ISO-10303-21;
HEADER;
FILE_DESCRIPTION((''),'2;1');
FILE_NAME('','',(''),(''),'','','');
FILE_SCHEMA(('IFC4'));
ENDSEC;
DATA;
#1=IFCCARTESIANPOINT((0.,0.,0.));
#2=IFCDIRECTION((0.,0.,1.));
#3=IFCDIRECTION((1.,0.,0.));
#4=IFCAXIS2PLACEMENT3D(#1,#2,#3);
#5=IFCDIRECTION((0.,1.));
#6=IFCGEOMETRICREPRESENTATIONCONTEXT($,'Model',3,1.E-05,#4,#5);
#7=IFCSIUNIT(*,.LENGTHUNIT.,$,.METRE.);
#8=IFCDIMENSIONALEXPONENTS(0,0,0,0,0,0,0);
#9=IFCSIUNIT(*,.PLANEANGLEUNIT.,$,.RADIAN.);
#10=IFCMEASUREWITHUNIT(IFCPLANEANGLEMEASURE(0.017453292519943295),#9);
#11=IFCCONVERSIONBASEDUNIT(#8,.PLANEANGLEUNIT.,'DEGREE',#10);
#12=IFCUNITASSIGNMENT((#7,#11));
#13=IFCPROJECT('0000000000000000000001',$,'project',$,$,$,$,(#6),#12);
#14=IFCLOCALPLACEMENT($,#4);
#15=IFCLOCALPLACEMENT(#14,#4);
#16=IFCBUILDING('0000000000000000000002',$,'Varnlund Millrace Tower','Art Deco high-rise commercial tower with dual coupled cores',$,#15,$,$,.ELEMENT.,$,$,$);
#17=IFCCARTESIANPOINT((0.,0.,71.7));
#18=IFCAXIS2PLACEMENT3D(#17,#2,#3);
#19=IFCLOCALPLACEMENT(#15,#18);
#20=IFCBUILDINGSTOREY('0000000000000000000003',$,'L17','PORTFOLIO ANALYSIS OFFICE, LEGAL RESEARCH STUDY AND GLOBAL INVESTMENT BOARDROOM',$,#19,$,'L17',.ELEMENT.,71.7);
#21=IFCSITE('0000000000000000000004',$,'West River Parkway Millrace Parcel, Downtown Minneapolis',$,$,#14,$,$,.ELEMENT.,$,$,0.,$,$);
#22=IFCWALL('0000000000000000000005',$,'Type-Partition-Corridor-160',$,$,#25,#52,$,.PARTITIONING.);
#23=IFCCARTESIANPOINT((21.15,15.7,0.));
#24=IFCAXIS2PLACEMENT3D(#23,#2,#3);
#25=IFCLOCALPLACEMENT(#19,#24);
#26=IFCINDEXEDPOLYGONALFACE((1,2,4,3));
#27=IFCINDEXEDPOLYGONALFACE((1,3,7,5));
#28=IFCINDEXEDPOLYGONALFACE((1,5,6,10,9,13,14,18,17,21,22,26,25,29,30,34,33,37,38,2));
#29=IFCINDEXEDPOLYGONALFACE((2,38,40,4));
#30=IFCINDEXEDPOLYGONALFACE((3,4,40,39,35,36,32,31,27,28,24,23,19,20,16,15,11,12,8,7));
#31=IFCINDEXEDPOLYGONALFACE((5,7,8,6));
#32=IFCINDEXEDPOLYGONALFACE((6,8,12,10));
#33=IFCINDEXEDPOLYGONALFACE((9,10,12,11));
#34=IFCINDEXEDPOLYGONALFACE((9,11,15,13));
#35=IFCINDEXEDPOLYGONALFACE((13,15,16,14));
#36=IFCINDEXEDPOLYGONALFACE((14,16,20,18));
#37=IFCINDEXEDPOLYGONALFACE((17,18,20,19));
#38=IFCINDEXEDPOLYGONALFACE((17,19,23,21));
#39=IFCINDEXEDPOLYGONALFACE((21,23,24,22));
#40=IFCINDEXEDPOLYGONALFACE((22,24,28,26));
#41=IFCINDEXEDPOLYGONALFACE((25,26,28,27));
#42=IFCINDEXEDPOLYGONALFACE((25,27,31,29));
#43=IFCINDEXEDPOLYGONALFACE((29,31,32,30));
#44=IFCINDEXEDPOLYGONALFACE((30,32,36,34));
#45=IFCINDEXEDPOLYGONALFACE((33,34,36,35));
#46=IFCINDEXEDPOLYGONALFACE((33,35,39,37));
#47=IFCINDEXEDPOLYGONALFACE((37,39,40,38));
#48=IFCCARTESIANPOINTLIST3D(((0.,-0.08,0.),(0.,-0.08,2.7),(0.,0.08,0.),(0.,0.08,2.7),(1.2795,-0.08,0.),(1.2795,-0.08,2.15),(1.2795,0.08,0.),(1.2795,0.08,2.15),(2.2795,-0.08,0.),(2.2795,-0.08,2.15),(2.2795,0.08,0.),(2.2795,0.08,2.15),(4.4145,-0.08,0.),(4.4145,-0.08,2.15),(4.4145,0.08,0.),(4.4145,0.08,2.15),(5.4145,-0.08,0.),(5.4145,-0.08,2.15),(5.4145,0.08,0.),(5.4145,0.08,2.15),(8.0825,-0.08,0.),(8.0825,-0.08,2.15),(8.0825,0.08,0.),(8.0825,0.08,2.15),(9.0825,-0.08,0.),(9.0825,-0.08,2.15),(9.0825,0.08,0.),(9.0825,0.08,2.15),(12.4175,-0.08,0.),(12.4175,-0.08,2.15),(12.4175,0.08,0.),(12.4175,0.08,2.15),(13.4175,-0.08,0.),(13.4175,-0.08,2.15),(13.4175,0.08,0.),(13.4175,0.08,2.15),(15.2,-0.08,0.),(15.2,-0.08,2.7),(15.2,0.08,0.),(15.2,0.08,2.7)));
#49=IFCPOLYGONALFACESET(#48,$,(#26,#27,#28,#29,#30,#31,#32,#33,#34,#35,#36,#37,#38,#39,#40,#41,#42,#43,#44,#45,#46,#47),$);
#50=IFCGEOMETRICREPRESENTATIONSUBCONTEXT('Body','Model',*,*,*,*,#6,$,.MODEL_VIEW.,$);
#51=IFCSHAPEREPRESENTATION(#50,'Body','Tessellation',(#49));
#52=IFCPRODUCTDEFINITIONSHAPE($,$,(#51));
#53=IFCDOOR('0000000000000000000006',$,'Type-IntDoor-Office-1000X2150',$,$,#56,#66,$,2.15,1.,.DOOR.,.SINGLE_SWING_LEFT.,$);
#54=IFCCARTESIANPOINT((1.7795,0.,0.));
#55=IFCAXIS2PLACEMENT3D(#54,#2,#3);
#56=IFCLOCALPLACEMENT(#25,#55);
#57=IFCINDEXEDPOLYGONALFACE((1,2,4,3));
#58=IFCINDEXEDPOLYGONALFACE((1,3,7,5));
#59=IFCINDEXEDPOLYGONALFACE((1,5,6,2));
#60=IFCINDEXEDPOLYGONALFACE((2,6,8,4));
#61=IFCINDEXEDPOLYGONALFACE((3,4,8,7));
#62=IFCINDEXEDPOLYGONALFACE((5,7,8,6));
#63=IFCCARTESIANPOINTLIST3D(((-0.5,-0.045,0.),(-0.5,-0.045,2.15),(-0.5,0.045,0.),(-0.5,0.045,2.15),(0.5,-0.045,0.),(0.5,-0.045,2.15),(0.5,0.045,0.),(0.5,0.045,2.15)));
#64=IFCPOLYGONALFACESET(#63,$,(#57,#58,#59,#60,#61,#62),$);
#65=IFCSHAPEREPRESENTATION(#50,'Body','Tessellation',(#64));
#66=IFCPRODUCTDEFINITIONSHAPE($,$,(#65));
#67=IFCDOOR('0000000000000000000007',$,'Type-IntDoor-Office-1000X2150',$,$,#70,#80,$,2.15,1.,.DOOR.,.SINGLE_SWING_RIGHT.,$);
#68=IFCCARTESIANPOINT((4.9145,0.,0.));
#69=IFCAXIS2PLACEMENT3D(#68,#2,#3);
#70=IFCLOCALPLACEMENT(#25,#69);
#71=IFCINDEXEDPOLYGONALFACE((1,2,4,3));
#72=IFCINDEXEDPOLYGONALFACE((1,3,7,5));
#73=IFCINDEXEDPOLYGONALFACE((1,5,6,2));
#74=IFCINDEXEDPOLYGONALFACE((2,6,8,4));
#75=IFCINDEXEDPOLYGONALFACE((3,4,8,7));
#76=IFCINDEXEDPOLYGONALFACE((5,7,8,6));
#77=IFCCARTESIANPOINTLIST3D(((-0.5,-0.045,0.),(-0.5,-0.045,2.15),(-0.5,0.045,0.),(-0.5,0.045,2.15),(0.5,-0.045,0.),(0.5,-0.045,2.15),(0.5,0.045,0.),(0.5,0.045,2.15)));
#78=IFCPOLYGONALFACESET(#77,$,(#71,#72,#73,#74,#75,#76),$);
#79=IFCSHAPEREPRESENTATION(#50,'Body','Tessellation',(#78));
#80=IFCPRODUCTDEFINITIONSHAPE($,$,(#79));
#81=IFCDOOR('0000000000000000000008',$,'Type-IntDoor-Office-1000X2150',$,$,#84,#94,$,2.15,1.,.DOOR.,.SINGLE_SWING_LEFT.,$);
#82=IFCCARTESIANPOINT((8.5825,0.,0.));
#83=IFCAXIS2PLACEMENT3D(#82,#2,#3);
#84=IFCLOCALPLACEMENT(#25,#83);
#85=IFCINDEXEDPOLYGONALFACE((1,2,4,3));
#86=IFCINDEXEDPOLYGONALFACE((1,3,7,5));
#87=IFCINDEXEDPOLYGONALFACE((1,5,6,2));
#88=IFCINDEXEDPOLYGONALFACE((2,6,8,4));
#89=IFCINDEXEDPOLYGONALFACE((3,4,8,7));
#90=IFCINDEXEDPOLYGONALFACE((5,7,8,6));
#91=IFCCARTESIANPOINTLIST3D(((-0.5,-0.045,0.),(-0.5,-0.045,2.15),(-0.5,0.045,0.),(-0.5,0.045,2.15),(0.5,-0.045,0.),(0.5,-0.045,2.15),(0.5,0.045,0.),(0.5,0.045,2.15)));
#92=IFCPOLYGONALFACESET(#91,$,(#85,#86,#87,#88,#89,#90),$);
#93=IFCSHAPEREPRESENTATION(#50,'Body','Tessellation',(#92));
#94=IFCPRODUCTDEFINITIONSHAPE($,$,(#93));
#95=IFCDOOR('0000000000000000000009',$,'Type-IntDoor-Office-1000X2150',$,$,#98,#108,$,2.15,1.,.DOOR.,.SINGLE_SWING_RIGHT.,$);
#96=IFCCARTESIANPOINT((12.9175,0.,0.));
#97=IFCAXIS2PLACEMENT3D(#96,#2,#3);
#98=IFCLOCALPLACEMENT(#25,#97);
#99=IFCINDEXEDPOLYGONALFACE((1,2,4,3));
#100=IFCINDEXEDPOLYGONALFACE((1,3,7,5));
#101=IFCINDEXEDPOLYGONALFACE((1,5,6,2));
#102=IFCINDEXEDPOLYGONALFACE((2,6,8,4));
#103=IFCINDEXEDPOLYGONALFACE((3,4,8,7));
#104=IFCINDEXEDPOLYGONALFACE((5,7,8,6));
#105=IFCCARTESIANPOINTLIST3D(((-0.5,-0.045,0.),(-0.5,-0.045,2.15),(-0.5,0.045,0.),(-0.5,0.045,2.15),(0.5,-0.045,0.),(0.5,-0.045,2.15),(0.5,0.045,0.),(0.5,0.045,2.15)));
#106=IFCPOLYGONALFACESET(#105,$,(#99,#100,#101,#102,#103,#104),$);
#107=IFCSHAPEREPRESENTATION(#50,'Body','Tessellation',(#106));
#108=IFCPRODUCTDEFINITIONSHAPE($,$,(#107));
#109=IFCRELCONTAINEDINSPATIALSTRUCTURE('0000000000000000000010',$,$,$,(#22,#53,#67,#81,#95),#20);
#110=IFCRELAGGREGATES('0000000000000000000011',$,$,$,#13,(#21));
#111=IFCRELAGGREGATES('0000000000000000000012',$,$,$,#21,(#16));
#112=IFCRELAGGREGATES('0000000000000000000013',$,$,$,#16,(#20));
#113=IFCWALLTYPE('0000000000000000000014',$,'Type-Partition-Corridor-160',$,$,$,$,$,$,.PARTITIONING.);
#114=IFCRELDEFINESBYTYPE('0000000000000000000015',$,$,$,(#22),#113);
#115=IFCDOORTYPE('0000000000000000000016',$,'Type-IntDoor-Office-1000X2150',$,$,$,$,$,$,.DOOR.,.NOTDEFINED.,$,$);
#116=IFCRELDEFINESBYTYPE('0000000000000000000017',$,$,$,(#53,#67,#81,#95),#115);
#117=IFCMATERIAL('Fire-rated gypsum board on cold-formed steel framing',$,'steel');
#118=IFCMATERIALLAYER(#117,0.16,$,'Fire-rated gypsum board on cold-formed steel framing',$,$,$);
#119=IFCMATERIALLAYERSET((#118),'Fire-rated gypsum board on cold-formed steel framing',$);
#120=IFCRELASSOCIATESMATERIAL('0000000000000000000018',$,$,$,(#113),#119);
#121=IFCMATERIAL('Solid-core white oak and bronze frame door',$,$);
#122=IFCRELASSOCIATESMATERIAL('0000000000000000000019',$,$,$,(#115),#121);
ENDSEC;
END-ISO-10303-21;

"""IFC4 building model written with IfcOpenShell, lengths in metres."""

from ifc_helpers import new_model, entity, si_unit, converted_unit, direction, frame, origin_with_axes, origin_2d_with_axis, place, context, subcontext, project, spatial, polyline, rectangle, outline, extrude, material, layer, layer_set, type_object, element, fill, save


model = new_model("IFC4")

# Units and contexts
model_context = context("Model", 3, precision=1e-05, world=origin_with_axes(), true_north=direction((0.0, 1.0)))
body_context = subcontext(model_context, "Body", "Model", "MODEL_VIEW")
ifc_project = project(units=[si_unit("LENGTHUNIT", "METRE"), converted_unit("PLANEANGLEUNIT", "DEGREE", entity("IfcPlaneAngleMeasure", 0.017453292519943295), si_unit("PLANEANGLEUNIT", "RADIAN"), dimensions=[0, 0, 0, 0, 0, 0, 0])], contexts=[model_context])

# Site, building, storey
site_placement = place(None, origin_with_axes())
site = spatial("IfcSite", under=ifc_project, at=site_placement, Name="West River Parkway Millrace Parcel, Downtown Minneapolis", CompositionType="ELEMENT", RefElevation=0.0)
building_placement = place(site_placement, origin_with_axes())
building = spatial("IfcBuilding", under=site, at=building_placement, Name="Varnlund Millrace Tower", Description="Art Deco high-rise commercial tower with dual coupled cores", CompositionType="ELEMENT")
storey_placement = place(building_placement, frame((0.0, 0.0, 71.7), z_axis=(0.0, 0.0, 1.0), x_axis=(1.0, 0.0, 0.0)))
storey = spatial("IfcBuildingStorey", under=building, at=storey_placement, Name="L17", Description="PORTFOLIO ANALYSIS OFFICE, LEGAL RESEARCH STUDY AND GLOBAL INVESTMENT BOARDROOM", LongName="L17", CompositionType="ELEMENT", Elevation=71.7)

# Shared definitions
ifc_material_1 = material(Name="Fire-rated gypsum board on cold-formed steel framing", Category="steel")
ifc_layer_1 = layer(ifc_material_1, 0.16, Name="Fire-rated gypsum board on cold-formed steel framing")
ifc_layer_set_1 = layer_set([ifc_layer_1], Name="Fire-rated gypsum board on cold-formed steel framing")
wall_type_1 = type_object("IfcWallType", Name="Type-Partition-Corridor-160", PredefinedType="PARTITIONING", material=ifc_layer_set_1)
ifc_material_2 = material(Name="Solid-core white oak and bronze frame door")
door_type_1 = type_object("IfcDoorType", Name="Type-IntDoor-Office-1000X2150", OperationType="NOTDEFINED", PredefinedType="DOOR", material=ifc_material_2)

# Wall, openings, doors
wall_1_placement = place(storey_placement, frame((21.15, 15.7, 0.0), z_axis=(0.0, 0.0, 1.0), x_axis=(1.0, 0.0, 0.0)))
wall_1 = element("IfcWall", 1, at=wall_1_placement, inside=storey, type_object=wall_type_1, Name="Type-Partition-Corridor-160", PredefinedType="PARTITIONING", context=body_context, shape_type="SweptSolid", body=[
    extrude(outline(polyline([(0.0, -0.08), (15.2, -0.08), (15.2, 0.08), (0.0, 0.08), (0.0, -0.08)])), origin_with_axes(), (0.0, 0.0, 1.0), 2.7),
])
opening_1_placement = place(wall_1_placement, frame((1.7795, 0.0, 0.0), z_axis=(0.0, 0.0, 1.0), x_axis=(1.0, 0.0, 0.0)))
opening_1 = element("IfcOpeningElement", 2, at=opening_1_placement, cuts=wall_1, PredefinedType="OPENING", context=body_context, shape_type="SweptSolid", body=[
    extrude(rectangle(XDim=1.0, YDim=0.18, at=origin_2d_with_axis()), origin_with_axes(), (0.0, 0.0, 1.0), 2.15),
])
opening_2_placement = place(wall_1_placement, frame((4.9145, 0.0, 0.0), z_axis=(0.0, 0.0, 1.0), x_axis=(1.0, 0.0, 0.0)))
opening_2 = element("IfcOpeningElement", 3, at=opening_2_placement, cuts=wall_1, PredefinedType="OPENING", context=body_context, shape_type="SweptSolid", body=[
    extrude(rectangle(XDim=1.0, YDim=0.18, at=origin_2d_with_axis()), origin_with_axes(), (0.0, 0.0, 1.0), 2.15),
])
opening_3_placement = place(wall_1_placement, frame((8.5825, 0.0, 0.0), z_axis=(0.0, 0.0, 1.0), x_axis=(1.0, 0.0, 0.0)))
opening_3 = element("IfcOpeningElement", 4, at=opening_3_placement, cuts=wall_1, PredefinedType="OPENING", context=body_context, shape_type="SweptSolid", body=[
    extrude(rectangle(XDim=1.0, YDim=0.18, at=origin_2d_with_axis()), origin_with_axes(), (0.0, 0.0, 1.0), 2.15),
])
opening_4_placement = place(wall_1_placement, frame((12.9175, 0.0, 0.0), z_axis=(0.0, 0.0, 1.0), x_axis=(1.0, 0.0, 0.0)))
opening_4 = element("IfcOpeningElement", 5, at=opening_4_placement, cuts=wall_1, PredefinedType="OPENING", context=body_context, shape_type="SweptSolid", body=[
    extrude(rectangle(XDim=1.0, YDim=0.18, at=origin_2d_with_axis()), origin_with_axes(), (0.0, 0.0, 1.0), 2.15),
])
door_1_placement = place(wall_1_placement, frame((1.7795, 0.0, 0.0), z_axis=(0.0, 0.0, 1.0), x_axis=(1.0, 0.0, 0.0)))
door_1 = element("IfcDoor", 6, at=door_1_placement, inside=storey, type_object=door_type_1, Name="Type-IntDoor-Office-1000X2150", OperationType="SINGLE_SWING_LEFT", OverallHeight=2.15, OverallWidth=1.0, PredefinedType="DOOR", context=body_context, shape_type="SweptSolid", body=[
    extrude(rectangle(XDim=1.0, YDim=0.09, at=origin_2d_with_axis()), origin_with_axes(), (0.0, 0.0, 1.0), 2.15),
])
fill(opening_1, door_1)
door_2_placement = place(wall_1_placement, frame((4.9145, 0.0, 0.0), z_axis=(0.0, 0.0, 1.0), x_axis=(1.0, 0.0, 0.0)))
door_2 = element("IfcDoor", 7, at=door_2_placement, inside=storey, type_object=door_type_1, Name="Type-IntDoor-Office-1000X2150", OperationType="SINGLE_SWING_RIGHT", OverallHeight=2.15, OverallWidth=1.0, PredefinedType="DOOR", context=body_context, shape_type="SweptSolid", body=[
    extrude(rectangle(XDim=1.0, YDim=0.09, at=origin_2d_with_axis()), origin_with_axes(), (0.0, 0.0, 1.0), 2.15),
])
fill(opening_2, door_2)
door_3_placement = place(wall_1_placement, frame((8.5825, 0.0, 0.0), z_axis=(0.0, 0.0, 1.0), x_axis=(1.0, 0.0, 0.0)))
door_3 = element("IfcDoor", 8, at=door_3_placement, inside=storey, type_object=door_type_1, Name="Type-IntDoor-Office-1000X2150", OperationType="SINGLE_SWING_LEFT", OverallHeight=2.15, OverallWidth=1.0, PredefinedType="DOOR", context=body_context, shape_type="SweptSolid", body=[
    extrude(rectangle(XDim=1.0, YDim=0.09, at=origin_2d_with_axis()), origin_with_axes(), (0.0, 0.0, 1.0), 2.15),
])
fill(opening_3, door_3)
door_4_placement = place(wall_1_placement, frame((12.9175, 0.0, 0.0), z_axis=(0.0, 0.0, 1.0), x_axis=(1.0, 0.0, 0.0)))
door_4 = element("IfcDoor", 9, at=door_4_placement, inside=storey, type_object=door_type_1, Name="Type-IntDoor-Office-1000X2150", OperationType="SINGLE_SWING_RIGHT", OverallHeight=2.15, OverallWidth=1.0, PredefinedType="DOOR", context=body_context, shape_type="SweptSolid", body=[
    extrude(rectangle(XDim=1.0, YDim=0.09, at=origin_2d_with_axis()), origin_with_axes(), (0.0, 0.0, 1.0), 2.15),
])
fill(opening_4, door_4)

save(model, "model.ifc")
